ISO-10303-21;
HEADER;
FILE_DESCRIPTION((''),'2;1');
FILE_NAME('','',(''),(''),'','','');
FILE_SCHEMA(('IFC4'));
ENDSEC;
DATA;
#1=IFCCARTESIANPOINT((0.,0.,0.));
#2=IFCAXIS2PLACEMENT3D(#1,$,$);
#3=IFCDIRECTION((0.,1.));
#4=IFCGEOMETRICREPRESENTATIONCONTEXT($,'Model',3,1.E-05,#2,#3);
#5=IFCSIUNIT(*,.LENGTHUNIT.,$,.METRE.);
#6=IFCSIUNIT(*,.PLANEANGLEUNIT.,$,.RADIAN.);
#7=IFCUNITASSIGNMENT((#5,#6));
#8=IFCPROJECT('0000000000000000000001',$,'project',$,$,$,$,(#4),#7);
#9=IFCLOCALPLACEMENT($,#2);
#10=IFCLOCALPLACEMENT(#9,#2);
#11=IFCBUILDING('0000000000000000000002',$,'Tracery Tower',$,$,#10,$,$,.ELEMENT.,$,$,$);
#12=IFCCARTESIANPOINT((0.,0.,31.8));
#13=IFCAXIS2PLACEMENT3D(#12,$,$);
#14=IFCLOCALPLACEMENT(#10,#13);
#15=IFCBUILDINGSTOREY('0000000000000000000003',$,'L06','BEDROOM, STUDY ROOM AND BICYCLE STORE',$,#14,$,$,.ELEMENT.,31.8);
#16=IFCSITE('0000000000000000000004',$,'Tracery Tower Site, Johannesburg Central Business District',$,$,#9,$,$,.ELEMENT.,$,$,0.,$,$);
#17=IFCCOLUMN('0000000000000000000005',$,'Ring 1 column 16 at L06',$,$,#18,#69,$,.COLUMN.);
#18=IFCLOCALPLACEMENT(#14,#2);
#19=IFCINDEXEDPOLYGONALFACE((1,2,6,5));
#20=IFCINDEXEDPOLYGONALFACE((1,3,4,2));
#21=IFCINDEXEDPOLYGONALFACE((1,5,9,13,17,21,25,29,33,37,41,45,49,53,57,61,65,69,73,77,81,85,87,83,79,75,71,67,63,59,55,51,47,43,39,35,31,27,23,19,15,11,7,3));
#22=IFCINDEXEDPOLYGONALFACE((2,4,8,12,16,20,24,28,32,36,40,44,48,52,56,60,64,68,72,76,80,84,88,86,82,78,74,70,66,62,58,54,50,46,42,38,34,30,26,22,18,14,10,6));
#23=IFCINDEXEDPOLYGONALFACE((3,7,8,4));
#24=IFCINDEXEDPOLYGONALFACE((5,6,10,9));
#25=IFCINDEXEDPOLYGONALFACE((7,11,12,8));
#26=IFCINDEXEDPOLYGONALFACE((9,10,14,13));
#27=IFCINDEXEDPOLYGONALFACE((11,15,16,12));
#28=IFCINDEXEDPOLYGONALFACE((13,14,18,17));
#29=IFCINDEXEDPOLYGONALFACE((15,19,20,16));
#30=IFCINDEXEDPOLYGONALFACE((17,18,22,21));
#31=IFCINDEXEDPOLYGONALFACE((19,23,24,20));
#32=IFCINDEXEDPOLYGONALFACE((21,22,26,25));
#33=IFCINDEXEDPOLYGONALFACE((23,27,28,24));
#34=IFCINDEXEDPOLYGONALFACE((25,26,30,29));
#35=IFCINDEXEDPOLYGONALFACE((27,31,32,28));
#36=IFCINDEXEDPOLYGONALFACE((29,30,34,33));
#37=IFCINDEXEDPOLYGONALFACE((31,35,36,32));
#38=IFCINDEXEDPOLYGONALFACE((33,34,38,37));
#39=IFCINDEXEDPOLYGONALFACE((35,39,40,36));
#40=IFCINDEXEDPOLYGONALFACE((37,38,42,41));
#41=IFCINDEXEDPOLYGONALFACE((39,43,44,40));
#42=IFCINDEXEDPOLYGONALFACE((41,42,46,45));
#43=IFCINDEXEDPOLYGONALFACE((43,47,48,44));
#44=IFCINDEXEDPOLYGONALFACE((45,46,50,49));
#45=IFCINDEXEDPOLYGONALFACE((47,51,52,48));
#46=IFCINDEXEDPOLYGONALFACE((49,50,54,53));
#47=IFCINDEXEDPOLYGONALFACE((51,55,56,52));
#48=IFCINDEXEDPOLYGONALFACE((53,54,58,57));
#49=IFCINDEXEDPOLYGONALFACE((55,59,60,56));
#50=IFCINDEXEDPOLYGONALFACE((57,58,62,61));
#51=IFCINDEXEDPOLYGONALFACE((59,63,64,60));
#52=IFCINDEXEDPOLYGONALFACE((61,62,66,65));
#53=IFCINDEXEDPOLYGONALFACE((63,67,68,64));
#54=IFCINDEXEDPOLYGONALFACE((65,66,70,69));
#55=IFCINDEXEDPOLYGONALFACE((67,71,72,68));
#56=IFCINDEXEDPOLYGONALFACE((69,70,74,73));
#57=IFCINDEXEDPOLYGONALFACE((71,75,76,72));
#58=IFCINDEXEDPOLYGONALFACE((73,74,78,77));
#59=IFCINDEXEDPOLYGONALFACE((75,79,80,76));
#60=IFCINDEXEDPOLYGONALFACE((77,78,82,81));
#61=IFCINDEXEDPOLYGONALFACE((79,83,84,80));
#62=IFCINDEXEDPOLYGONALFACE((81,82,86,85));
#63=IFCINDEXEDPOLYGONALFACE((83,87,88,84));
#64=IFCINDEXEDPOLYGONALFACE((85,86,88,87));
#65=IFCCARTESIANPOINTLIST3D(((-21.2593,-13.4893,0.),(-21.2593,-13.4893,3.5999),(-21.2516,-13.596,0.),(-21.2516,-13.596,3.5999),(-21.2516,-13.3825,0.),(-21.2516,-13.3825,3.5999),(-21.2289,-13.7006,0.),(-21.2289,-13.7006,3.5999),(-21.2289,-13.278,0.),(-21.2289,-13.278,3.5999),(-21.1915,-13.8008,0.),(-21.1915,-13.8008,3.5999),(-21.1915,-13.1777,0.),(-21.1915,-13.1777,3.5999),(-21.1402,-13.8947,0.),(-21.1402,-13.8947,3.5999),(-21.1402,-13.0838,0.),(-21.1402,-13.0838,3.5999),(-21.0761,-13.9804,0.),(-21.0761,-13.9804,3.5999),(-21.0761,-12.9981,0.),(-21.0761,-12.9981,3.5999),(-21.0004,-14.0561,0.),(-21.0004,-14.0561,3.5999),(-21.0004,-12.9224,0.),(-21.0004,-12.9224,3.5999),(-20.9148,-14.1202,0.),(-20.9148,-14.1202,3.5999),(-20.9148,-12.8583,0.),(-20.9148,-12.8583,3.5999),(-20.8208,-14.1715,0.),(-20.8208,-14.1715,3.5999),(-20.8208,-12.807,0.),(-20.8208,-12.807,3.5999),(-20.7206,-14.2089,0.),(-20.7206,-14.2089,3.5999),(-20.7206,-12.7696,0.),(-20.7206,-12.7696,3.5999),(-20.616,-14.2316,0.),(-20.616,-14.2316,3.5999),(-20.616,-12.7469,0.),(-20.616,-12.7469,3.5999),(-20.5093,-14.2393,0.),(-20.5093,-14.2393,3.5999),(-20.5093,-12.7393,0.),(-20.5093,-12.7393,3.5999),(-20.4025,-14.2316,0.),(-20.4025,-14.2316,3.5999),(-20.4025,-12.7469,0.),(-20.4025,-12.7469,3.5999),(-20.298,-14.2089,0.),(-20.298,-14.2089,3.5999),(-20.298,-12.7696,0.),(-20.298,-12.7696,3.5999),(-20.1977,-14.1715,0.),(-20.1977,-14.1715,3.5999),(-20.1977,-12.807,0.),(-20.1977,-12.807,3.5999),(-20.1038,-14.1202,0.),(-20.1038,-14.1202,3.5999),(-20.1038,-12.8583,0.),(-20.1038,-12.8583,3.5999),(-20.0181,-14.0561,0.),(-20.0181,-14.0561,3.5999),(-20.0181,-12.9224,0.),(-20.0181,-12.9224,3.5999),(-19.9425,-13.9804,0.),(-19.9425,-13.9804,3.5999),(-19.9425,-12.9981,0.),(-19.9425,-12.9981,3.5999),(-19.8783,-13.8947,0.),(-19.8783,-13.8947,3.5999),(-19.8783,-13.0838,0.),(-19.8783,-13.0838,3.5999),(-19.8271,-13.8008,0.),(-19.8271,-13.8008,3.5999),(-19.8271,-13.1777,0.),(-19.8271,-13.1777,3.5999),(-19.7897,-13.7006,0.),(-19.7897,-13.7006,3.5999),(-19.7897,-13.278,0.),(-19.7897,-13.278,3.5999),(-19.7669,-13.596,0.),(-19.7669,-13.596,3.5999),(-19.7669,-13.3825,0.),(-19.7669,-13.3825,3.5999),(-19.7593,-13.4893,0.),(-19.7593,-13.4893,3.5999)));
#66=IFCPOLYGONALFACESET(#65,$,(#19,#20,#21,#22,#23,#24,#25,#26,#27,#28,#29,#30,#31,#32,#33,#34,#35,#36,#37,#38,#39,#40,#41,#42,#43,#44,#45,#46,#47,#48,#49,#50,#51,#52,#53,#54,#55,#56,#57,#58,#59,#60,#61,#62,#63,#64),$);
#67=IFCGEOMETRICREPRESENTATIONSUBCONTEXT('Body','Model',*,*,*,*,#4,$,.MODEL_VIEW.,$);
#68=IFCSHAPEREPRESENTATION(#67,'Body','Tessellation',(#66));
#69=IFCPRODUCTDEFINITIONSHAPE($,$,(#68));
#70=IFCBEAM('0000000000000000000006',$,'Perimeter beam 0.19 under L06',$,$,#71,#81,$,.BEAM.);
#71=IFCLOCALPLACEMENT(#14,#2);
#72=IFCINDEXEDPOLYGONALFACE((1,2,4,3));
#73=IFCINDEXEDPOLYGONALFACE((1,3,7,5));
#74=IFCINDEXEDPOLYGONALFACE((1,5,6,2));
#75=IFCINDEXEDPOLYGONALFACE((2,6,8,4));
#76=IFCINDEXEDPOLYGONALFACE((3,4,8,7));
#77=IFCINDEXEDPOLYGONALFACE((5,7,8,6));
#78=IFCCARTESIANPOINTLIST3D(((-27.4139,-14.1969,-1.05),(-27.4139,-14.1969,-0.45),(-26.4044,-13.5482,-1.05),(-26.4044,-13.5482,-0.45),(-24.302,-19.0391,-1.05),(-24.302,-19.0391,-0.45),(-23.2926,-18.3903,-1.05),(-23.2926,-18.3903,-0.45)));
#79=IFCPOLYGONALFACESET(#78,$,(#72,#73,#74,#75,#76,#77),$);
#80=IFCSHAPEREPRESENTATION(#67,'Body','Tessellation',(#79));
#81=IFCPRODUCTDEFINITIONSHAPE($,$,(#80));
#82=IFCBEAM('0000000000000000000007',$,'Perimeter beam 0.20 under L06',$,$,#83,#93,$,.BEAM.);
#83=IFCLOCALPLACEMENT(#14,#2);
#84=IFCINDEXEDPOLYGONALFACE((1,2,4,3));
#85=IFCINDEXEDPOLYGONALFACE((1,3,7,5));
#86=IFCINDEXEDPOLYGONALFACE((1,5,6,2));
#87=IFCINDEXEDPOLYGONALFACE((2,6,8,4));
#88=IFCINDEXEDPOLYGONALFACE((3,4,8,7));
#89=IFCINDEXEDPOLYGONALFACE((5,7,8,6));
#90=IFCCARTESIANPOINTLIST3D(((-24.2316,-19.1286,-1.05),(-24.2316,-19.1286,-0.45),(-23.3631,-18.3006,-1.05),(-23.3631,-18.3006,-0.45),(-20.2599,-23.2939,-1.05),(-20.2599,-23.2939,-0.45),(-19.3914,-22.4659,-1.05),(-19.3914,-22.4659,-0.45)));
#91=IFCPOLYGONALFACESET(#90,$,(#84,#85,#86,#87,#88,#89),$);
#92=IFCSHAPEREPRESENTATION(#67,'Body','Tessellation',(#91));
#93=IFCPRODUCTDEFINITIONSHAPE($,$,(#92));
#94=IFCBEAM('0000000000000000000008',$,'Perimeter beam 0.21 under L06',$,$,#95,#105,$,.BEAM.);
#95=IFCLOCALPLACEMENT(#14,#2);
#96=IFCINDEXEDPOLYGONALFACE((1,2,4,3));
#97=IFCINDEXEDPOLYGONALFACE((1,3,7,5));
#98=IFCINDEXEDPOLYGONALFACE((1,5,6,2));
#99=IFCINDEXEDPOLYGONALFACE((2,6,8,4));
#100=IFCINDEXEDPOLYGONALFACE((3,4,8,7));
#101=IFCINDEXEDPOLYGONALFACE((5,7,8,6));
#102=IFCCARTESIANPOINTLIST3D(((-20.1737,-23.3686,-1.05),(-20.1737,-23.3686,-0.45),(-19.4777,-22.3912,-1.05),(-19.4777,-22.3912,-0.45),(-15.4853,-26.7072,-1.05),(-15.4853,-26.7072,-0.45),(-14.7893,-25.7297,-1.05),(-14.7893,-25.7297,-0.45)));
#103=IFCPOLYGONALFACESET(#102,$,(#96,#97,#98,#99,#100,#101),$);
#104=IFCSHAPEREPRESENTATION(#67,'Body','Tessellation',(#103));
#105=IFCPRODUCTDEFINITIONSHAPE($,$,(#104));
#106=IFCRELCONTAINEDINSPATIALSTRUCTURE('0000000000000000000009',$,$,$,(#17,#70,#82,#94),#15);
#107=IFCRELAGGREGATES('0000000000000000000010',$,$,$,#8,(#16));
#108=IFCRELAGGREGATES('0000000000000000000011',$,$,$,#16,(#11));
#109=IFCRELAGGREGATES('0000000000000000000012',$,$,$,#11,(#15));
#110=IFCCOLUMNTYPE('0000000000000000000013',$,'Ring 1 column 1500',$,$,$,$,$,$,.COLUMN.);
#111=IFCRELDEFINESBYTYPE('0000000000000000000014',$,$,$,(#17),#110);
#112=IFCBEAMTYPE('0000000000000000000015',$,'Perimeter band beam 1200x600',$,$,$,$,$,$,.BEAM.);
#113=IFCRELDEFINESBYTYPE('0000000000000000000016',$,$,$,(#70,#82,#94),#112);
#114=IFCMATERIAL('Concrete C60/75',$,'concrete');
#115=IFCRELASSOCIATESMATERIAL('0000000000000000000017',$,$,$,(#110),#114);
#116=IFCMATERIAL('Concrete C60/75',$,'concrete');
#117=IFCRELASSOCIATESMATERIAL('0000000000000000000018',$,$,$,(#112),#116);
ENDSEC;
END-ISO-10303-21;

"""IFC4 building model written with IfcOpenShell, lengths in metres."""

from ifc_helpers import new_model, si_unit, direction, frame, origin, origin_2d, place, context, subcontext, project, spatial, rectangle, circle, extrude, material, material_profile, profile_set, type_object, element, save


model = new_model("IFC4")

# Units and contexts
model_context = context("Model", 3, precision=1e-05, world=origin(), true_north=direction((0.0, 1.0)))
body_context = subcontext(model_context, "Body", "Model", "MODEL_VIEW")
ifc_project = project(units=[si_unit("LENGTHUNIT", "METRE"), si_unit("PLANEANGLEUNIT", "RADIAN")], contexts=[model_context])

# Site, building, storey
site_placement = place(None, origin())
site = spatial("IfcSite", under=ifc_project, at=site_placement, Name="Tracery Tower Site, Johannesburg Central Business District", CompositionType="ELEMENT", RefElevation=0.0)
building_placement = place(site_placement, origin())
building = spatial("IfcBuilding", under=site, at=building_placement, Name="Tracery Tower", CompositionType="ELEMENT")
storey_placement = place(building_placement, frame((0.0, 0.0, 31.8)))
storey = spatial("IfcBuildingStorey", under=building, at=storey_placement, Name="L06", Description="BEDROOM, STUDY ROOM AND BICYCLE STORE", CompositionType="ELEMENT", Elevation=31.8)

# Column
ifc_material_1 = material(Name="Concrete C60/75", Category="concrete")
ifc_material_profile_1 = material_profile(ifc_material_1, circle(Radius=0.75, at=origin_2d()), Name="RC D1500")
ifc_profile_set_1 = profile_set([ifc_material_profile_1], Name="Concrete C60/75")
column_type_1 = type_object("IfcColumnType", Name="Ring 1 column 1500", PredefinedType="COLUMN", material=ifc_profile_set_1)
column_placement = place(storey_placement, frame((-20.5093, -13.4893, 0.0), z_axis=(0.0, 0.0, 1.0), x_axis=(1.0, 0.0, 0.0)))
element("IfcColumn", 1, at=column_placement, inside=storey, type_object=column_type_1, Name="Ring 1 column 16 at L06", PredefinedType="COLUMN", context=body_context, shape_type="SweptSolid", body=[
    extrude(circle(Radius=0.75, at=origin_2d()), origin(), (0.0, 0.0, 1.0), 3.5999),
])

# Beams
ifc_material_2 = material(Name="Concrete C60/75", Category="concrete")
ifc_material_profile_2 = material_profile(ifc_material_2, rectangle(XDim=1.2, YDim=0.6001, at=origin_2d()), Name="RC 1200x600")
ifc_profile_set_2 = profile_set([ifc_material_profile_2], Name="Concrete C60/75")
beam_type = type_object("IfcBeamType", Name="Perimeter band beam 1200x600", PredefinedType="BEAM", material=ifc_profile_set_2)
beam_1_placement = place(storey_placement, frame((-26.9092, -13.8726, -0.75), z_axis=(0.540644, -0.841252, 0.0), x_axis=(0.841252, 0.540644, 0.0)))
element("IfcBeam", 2, at=beam_1_placement, inside=storey, type_object=beam_type, Name="Perimeter beam 0.19 under L06", PredefinedType="BEAM", context=body_context, shape_type="SweptSolid", body=[
    extrude(rectangle(XDim=1.2, YDim=0.6001, at=origin_2d()), origin(), (0.0, 0.0, 1.0), 5.7559),
])
beam_2_placement = place(storey_placement, frame((-23.7974, -18.7146, -0.75), z_axis=(0.690087, -0.723726, 0.0), x_axis=(0.723726, 0.690087, 0.0)))
element("IfcBeam", 3, at=beam_2_placement, inside=storey, type_object=beam_type, Name="Perimeter beam 0.20 under L06", PredefinedType="BEAM", context=body_context, shape_type="SweptSolid", body=[
    extrude(rectangle(XDim=1.2, YDim=0.6001, at=origin_2d()), origin(), (0.0, 0.0, 1.0), 5.7554),
])
beam_3_placement = place(storey_placement, frame((-19.8257, -22.8799, -0.75), z_axis=(0.814578, -0.580054, 0.0), x_axis=(0.580054, 0.814578, 0.0)))
element("IfcBeam", 4, at=beam_3_placement, inside=storey, type_object=beam_type, Name="Perimeter beam 0.21 under L06", PredefinedType="BEAM", context=body_context, shape_type="SweptSolid", body=[
    extrude(rectangle(XDim=1.2, YDim=0.6001, at=origin_2d()), origin(), (0.0, 0.0, 1.0), 5.7556),
])

save(model, "model.ifc")
